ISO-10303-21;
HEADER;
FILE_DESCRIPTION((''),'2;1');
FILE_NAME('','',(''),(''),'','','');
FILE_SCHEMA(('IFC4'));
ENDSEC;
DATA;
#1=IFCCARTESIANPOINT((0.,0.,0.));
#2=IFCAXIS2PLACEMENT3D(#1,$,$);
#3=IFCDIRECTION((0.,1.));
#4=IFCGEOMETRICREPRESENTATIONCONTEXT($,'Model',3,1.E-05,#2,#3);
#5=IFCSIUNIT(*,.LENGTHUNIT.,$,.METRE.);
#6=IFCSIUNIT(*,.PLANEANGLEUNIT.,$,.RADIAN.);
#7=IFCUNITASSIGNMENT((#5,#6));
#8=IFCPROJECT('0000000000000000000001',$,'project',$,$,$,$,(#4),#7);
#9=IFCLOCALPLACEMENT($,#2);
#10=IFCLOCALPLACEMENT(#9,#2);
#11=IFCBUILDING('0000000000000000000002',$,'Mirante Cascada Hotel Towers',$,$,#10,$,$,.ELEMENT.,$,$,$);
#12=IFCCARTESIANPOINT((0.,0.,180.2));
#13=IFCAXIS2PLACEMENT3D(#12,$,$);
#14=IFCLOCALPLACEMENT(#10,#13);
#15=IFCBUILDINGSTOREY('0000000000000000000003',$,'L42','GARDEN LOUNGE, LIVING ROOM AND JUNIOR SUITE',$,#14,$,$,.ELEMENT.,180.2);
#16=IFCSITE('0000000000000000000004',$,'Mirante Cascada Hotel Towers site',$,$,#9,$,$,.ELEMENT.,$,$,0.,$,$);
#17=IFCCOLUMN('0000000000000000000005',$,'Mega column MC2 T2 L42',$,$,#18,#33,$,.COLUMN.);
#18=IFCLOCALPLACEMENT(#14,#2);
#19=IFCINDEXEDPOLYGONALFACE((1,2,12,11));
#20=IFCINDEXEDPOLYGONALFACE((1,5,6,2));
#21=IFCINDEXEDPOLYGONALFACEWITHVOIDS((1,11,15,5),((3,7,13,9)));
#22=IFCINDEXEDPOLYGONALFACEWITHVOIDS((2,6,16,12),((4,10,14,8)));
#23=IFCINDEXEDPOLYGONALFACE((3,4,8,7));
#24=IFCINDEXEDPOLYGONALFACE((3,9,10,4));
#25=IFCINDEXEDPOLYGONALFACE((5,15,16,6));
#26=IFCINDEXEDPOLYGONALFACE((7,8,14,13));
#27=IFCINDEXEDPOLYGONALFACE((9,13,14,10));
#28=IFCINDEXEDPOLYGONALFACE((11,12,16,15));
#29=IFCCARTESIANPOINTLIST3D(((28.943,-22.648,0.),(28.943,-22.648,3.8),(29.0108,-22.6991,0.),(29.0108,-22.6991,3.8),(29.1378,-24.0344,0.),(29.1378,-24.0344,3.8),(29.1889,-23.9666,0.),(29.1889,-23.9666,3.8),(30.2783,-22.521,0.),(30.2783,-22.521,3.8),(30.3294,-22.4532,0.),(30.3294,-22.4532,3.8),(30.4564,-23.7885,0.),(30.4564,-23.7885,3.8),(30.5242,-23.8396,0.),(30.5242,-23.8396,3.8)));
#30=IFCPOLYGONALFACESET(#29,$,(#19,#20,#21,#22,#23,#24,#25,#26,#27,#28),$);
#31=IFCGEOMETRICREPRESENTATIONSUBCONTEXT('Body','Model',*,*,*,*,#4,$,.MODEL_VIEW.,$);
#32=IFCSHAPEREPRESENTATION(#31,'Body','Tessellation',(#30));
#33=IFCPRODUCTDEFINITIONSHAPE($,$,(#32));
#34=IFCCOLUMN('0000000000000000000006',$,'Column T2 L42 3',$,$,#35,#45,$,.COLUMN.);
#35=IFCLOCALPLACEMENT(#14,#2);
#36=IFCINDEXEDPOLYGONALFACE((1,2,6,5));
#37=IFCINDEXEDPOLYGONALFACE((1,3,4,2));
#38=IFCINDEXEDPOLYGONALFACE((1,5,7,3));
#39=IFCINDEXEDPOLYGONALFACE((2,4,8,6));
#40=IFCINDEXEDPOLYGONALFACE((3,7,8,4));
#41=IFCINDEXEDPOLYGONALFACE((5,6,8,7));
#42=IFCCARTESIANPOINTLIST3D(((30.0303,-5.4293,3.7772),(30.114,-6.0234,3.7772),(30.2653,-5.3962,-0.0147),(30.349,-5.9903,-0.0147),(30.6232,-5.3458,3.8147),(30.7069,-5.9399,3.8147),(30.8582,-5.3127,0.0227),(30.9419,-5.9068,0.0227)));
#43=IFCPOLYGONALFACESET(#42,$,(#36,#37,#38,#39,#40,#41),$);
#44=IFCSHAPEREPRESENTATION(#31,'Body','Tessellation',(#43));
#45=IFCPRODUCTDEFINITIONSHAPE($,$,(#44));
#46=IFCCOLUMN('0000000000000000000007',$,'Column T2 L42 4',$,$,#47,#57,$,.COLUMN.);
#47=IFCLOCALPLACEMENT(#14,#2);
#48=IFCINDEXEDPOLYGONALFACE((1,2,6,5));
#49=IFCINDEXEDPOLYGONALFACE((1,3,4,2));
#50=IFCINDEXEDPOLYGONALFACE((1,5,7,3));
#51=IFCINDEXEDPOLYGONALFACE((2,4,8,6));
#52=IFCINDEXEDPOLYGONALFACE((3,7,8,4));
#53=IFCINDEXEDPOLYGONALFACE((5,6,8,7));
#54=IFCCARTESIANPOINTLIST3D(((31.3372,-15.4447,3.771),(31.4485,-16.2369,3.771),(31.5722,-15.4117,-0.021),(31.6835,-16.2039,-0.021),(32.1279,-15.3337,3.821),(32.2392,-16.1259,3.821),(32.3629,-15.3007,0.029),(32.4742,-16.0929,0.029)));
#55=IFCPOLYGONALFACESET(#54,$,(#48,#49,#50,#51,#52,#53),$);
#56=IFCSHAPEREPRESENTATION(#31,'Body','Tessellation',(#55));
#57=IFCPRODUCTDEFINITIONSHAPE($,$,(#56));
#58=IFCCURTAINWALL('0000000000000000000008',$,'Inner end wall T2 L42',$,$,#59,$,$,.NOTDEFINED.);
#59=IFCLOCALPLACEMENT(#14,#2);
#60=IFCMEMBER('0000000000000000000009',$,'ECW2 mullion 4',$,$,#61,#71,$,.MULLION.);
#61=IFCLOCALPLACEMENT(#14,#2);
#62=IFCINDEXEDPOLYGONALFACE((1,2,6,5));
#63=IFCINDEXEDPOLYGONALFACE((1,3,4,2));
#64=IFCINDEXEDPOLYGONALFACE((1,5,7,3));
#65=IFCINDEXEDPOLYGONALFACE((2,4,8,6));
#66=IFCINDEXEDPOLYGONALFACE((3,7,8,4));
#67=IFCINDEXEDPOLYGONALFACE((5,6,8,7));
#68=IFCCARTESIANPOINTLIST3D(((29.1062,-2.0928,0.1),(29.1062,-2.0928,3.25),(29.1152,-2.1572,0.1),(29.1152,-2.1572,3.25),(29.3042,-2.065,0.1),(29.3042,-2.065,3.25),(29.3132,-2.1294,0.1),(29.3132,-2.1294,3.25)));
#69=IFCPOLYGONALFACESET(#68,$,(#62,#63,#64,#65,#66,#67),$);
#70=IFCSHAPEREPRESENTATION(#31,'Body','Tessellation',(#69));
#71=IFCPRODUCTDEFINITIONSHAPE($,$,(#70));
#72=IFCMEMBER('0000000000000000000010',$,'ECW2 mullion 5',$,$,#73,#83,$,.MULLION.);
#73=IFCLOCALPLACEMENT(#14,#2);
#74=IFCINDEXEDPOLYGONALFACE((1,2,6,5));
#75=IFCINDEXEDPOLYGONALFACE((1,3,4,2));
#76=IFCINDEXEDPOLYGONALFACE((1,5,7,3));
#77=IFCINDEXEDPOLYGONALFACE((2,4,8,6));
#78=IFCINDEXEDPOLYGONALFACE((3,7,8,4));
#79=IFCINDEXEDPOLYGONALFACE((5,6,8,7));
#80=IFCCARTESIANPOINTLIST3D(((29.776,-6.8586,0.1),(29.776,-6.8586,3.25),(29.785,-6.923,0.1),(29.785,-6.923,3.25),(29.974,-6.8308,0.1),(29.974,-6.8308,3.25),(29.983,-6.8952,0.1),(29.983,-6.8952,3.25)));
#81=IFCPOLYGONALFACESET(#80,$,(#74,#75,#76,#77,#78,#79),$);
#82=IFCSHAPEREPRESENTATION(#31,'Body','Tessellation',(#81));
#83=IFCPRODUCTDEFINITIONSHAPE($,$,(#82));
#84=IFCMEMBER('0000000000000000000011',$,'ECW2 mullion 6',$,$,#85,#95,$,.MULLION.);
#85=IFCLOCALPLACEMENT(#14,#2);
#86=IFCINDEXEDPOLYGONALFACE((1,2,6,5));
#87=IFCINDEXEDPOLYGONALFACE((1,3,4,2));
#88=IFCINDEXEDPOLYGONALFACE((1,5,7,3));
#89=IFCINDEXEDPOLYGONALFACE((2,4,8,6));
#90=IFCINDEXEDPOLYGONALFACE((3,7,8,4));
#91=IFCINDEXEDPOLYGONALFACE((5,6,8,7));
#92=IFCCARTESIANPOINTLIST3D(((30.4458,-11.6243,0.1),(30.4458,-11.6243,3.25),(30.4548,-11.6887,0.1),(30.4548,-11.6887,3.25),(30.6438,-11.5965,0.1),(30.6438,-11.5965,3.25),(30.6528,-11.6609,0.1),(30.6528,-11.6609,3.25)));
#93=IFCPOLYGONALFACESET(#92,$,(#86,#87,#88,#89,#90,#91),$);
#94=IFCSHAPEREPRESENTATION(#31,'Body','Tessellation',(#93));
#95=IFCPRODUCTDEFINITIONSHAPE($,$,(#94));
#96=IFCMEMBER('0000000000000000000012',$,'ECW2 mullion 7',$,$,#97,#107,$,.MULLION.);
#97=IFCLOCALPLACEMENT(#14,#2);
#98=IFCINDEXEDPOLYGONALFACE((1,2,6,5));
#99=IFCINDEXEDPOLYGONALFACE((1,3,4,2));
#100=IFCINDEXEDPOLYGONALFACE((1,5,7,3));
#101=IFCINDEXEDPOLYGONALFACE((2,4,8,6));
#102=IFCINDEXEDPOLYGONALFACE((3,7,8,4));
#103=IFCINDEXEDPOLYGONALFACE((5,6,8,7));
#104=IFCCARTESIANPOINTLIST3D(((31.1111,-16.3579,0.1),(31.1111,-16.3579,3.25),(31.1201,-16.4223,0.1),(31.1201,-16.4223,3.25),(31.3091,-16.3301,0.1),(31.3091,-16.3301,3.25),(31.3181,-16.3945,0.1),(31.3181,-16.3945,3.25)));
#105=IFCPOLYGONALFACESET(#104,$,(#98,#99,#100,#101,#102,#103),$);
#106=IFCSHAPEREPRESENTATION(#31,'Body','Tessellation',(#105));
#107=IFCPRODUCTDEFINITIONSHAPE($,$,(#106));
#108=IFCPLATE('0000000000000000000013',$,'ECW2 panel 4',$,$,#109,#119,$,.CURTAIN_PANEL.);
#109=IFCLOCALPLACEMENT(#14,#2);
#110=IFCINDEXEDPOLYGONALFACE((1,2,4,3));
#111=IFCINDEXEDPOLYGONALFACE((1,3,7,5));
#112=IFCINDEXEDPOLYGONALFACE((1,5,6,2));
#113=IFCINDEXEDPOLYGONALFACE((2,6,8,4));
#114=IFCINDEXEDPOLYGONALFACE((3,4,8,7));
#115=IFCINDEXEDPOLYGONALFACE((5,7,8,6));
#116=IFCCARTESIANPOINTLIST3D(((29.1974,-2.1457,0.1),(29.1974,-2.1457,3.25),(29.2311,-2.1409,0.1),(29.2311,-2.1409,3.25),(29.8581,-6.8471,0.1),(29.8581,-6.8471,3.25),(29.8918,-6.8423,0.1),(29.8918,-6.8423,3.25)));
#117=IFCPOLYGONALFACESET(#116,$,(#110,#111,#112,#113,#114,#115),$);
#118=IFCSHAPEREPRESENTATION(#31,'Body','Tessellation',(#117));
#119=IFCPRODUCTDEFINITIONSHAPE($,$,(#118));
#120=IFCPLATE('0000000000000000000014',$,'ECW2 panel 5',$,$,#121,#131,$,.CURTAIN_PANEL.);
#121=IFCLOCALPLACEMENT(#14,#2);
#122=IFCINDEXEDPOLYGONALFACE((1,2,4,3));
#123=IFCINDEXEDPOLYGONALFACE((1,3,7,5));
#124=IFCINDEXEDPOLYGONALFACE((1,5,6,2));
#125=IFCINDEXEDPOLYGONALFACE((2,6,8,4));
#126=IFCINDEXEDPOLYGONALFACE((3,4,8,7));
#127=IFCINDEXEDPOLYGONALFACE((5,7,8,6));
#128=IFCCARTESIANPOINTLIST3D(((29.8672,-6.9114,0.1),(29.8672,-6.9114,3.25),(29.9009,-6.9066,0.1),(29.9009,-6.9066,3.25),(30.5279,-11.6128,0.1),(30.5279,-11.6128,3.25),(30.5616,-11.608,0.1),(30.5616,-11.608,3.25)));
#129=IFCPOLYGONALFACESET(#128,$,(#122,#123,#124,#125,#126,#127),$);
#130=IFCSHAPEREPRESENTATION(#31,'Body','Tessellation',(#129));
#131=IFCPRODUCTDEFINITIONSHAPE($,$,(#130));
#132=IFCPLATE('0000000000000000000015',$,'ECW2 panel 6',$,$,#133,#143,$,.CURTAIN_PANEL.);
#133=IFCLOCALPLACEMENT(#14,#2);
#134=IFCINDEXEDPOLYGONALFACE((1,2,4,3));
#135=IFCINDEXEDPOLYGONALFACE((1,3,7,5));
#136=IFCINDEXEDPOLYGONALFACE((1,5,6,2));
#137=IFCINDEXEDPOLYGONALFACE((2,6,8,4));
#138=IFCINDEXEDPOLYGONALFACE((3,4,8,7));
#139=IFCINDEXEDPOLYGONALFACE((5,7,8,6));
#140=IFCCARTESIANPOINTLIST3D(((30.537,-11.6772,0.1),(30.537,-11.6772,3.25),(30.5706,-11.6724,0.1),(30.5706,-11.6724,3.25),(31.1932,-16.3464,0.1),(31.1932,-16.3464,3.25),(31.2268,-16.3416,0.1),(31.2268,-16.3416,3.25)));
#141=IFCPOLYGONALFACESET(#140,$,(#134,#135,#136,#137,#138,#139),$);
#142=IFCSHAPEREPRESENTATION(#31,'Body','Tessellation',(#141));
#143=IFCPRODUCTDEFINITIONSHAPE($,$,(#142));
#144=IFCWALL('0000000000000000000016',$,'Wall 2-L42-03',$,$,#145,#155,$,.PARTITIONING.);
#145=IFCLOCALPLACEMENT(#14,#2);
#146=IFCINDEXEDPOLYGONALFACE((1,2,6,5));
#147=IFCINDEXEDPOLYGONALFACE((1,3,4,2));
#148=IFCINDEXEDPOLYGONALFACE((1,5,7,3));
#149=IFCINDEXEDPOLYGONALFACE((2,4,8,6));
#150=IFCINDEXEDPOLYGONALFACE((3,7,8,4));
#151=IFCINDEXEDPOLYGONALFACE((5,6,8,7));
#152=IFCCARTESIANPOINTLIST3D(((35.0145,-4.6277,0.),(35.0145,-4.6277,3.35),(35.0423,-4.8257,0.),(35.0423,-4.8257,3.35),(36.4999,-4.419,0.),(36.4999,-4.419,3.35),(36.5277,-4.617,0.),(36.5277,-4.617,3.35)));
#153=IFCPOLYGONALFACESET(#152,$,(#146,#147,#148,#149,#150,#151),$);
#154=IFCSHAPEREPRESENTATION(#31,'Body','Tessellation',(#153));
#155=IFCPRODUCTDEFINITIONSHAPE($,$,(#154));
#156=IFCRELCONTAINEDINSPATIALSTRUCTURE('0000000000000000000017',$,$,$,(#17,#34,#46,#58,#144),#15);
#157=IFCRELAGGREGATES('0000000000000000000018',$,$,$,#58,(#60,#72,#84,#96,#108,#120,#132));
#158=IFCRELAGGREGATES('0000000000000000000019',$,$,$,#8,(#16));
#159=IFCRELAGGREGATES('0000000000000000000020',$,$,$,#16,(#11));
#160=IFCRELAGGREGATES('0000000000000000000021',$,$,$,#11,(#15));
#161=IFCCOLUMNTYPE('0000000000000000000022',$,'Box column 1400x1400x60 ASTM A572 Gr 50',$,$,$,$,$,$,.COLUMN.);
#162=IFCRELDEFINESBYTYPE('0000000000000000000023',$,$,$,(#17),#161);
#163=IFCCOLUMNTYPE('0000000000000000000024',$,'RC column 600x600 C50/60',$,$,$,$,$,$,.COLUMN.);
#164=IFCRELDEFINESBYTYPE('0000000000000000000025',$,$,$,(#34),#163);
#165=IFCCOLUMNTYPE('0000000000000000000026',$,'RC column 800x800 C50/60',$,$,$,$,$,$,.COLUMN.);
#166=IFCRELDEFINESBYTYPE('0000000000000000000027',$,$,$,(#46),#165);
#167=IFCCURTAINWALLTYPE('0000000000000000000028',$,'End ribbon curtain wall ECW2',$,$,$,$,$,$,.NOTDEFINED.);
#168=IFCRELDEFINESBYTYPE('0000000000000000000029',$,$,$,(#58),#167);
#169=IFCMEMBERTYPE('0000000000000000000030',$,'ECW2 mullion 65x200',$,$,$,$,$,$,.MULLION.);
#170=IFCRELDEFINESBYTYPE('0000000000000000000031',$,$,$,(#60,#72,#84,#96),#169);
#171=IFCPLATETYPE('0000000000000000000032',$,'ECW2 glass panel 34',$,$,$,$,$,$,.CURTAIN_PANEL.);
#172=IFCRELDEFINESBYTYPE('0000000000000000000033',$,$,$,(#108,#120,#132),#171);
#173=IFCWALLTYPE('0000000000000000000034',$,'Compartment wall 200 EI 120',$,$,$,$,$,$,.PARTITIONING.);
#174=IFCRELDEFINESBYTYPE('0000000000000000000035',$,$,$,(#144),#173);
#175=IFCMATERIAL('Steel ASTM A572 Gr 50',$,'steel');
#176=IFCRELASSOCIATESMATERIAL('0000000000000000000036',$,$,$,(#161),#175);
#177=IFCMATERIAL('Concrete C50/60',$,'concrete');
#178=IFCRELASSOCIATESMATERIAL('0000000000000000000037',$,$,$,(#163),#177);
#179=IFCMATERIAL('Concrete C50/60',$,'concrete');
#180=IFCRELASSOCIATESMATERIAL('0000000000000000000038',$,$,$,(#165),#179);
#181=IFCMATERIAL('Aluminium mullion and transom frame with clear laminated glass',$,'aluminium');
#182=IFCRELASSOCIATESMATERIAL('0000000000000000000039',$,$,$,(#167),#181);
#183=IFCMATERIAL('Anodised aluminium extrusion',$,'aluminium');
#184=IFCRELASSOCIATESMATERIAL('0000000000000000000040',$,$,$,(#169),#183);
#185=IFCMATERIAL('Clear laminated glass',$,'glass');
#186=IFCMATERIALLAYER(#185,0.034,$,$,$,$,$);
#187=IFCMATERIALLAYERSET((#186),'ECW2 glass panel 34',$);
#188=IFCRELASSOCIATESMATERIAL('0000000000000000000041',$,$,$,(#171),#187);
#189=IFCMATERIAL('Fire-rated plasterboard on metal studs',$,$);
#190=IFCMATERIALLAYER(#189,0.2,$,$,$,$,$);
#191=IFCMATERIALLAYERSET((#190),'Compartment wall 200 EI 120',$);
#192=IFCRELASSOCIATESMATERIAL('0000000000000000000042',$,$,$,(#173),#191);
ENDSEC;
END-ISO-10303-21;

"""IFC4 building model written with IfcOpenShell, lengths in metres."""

from ifc_helpers import new_model, si_unit, direction, frame, frame_2d, origin, origin_2d, place, context, subcontext, project, spatial, rectangle, hollow_rectangle, extrude, material, layer, layer_set, material_profile, profile_set, type_object, element, aggregate, save


model = new_model("IFC4")

# Units and contexts
model_context = context("Model", 3, precision=1e-05, world=origin(), true_north=direction((0.0, 1.0)))
body_context = subcontext(model_context, "Body", "Model", "MODEL_VIEW")
ifc_project = project(units=[si_unit("LENGTHUNIT", "METRE"), si_unit("PLANEANGLEUNIT", "RADIAN")], contexts=[model_context])

# Site, building, storey
site_placement = place(None, origin())
site = spatial("IfcSite", under=ifc_project, at=site_placement, Name="Mirante Cascada Hotel Towers site", CompositionType="ELEMENT", RefElevation=0.0)
building_placement = place(site_placement, origin())
building = spatial("IfcBuilding", under=site, at=building_placement, Name="Mirante Cascada Hotel Towers", CompositionType="ELEMENT")
storey_placement = place(building_placement, frame((0.0, 0.0, 180.2)))
storey = spatial("IfcBuildingStorey", under=building, at=storey_placement, Name="L42", Description="GARDEN LOUNGE, LIVING ROOM AND JUNIOR SUITE", CompositionType="ELEMENT", Elevation=180.2)

# Columns
ifc_material_1 = material(Name="Steel ASTM A572 Gr 50", Category="steel")
ifc_material_profile_1 = material_profile(ifc_material_1, hollow_rectangle(XDim=1.4, YDim=1.4, WallThickness=0.06, at=origin_2d()), Name="Box column 1400x1400x60 ASTM A572 Gr 50")
ifc_profile_set_1 = profile_set([ifc_material_profile_1], Name="Steel ASTM A572 Gr 50")
column_type_1 = type_object("IfcColumnType", Name="Box column 1400x1400x60 ASTM A572 Gr 50", PredefinedType="COLUMN", material=ifc_profile_set_1)
column_1_placement = place(storey_placement, frame((29.7336, -23.2438, 0.0), z_axis=(0.0, 0.0, 1.0), x_axis=(0.990268, 0.139173, 0.0)))
element("IfcColumn", 1, at=column_1_placement, inside=storey, type_object=column_type_1, Name="Mega column MC2 T2 L42", PredefinedType="COLUMN", context=body_context, shape_type="SweptSolid", body=[
    extrude(hollow_rectangle(XDim=1.4, YDim=1.4, WallThickness=0.06, at=origin_2d()), origin(), (0.0, 0.0, 1.0), 3.8),
])
ifc_material_2 = material(Name="Concrete C50/60", Category="concrete")
ifc_material_profile_2 = material_profile(ifc_material_2, rectangle(XDim=0.6, YDim=0.6, at=origin_2d()), Name="RC column 600x600 C50/60")
ifc_profile_set_2 = profile_set([ifc_material_profile_2], Name="Concrete C50/60")
column_type_2 = type_object("IfcColumnType", Name="RC column 600x600 C50/60", PredefinedType="COLUMN", material=ifc_profile_set_2)
column_2_placement = place(storey_placement, frame((30.6036, -5.6515, 0.004), z_axis=(-0.061852, -0.008712, 0.998047), x_axis=(0.139474, -0.990226, 0.0)))
element("IfcColumn", 2, at=column_2_placement, inside=storey, type_object=column_type_2, Name="Column T2 L42 3", PredefinedType="COLUMN", context=body_context, shape_type="SweptSolid", body=[
    extrude(rectangle(XDim=0.6, YDim=0.6, at=origin_2d()), origin(), (0.0, 0.0, 1.0), 3.7994),
])
ifc_material_3 = material(Name="Concrete C50/60", Category="concrete")
ifc_material_profile_3 = material_profile(ifc_material_3, rectangle(XDim=0.8, YDim=0.8, at=origin_2d()), Name="RC column 800x800 C50/60")
ifc_profile_set_3 = profile_set([ifc_material_profile_3], Name="Concrete C50/60")
column_type_3 = type_object("IfcColumnType", Name="RC column 800x800 C50/60", PredefinedType="COLUMN", material=ifc_profile_set_3)
column_3_placement = place(storey_placement, frame((32.0232, -15.7523, 0.004), z_axis=(-0.061852, -0.008686, 0.998048), x_axis=(0.139061, -0.990284, 0.0)))
element("IfcColumn", 3, at=column_3_placement, inside=storey, type_object=column_type_3, Name="Column T2 L42 4", PredefinedType="COLUMN", context=body_context, shape_type="SweptSolid", body=[
    extrude(rectangle(XDim=0.8, YDim=0.8, at=origin_2d()), origin(), (0.0, 0.0, 1.0), 3.7994),
])

# Curtain wall, members, plates
ifc_material_4 = material(Name="Aluminium mullion and transom frame with clear laminated glass", Category="aluminium")
curtain_wall_type = type_object("IfcCurtainWallType", Name="End ribbon curtain wall ECW2", PredefinedType="NOTDEFINED", material=ifc_material_4)
curtain_wall_placement = place(storey_placement, origin())
curtain_wall = element("IfcCurtainWall", 4, at=curtain_wall_placement, inside=storey, type_object=curtain_wall_type, Name="Inner end wall T2 L42", PredefinedType="NOTDEFINED")
ifc_material_5 = material(Name="Anodised aluminium extrusion", Category="aluminium")
ifc_material_profile_4 = material_profile(ifc_material_5, rectangle(XDim=0.2, YDim=0.065, at=origin_2d()), Name="ECW2 MULLION 65x200")
ifc_profile_set_4 = profile_set([ifc_material_profile_4], Name="Anodised aluminium extrusion")
member_type = type_object("IfcMemberType", Name="ECW2 mullion 65x200", PredefinedType="MULLION", material=ifc_profile_set_4)
member_1_placement = place(storey_placement, frame((29.2097, -2.1111, 0.1), z_axis=(0.0, 0.0, 1.0), x_axis=(0.990268, 0.139173, 0.0)))
member_1 = element("IfcMember", 5, at=member_1_placement, type_object=member_type, Name="ECW2 mullion 4", PredefinedType="MULLION", context=body_context, shape_type="SweptSolid", body=[
    extrude(rectangle(XDim=0.2, YDim=0.065, at=origin_2d()), origin(), (0.0, 0.0, 1.0), 3.15),
])
member_2_placement = place(storey_placement, frame((29.8795, -6.8769, 0.1), z_axis=(0.0, 0.0, 1.0), x_axis=(0.990268, 0.139173, 0.0)))
member_2 = element("IfcMember", 6, at=member_2_placement, type_object=member_type, Name="ECW2 mullion 5", PredefinedType="MULLION", context=body_context, shape_type="SweptSolid", body=[
    extrude(rectangle(XDim=0.2, YDim=0.065, at=origin_2d()), origin(), (0.0, 0.0, 1.0), 3.15),
])
member_3_placement = place(storey_placement, frame((30.5493, -11.6426, 0.1), z_axis=(0.0, 0.0, 1.0), x_axis=(0.990268, 0.139173, 0.0)))
member_3 = element("IfcMember", 7, at=member_3_placement, type_object=member_type, Name="ECW2 mullion 6", PredefinedType="MULLION", context=body_context, shape_type="SweptSolid", body=[
    extrude(rectangle(XDim=0.2, YDim=0.065, at=origin_2d()), origin(), (0.0, 0.0, 1.0), 3.15),
])
member_4_placement = place(storey_placement, frame((31.2146, -16.3762, 0.1), z_axis=(0.0, 0.0, 1.0), x_axis=(0.990268, 0.139173, 0.0)))
member_4 = element("IfcMember", 8, at=member_4_placement, type_object=member_type, Name="ECW2 mullion 7", PredefinedType="MULLION", context=body_context, shape_type="SweptSolid", body=[
    extrude(rectangle(XDim=0.2, YDim=0.065, at=origin_2d()), origin(), (0.0, 0.0, 1.0), 3.15),
])
ifc_material_6 = material(Name="Clear laminated glass", Category="glass")
ifc_layer_1 = layer(ifc_material_6, 0.034)
ifc_layer_set_1 = layer_set([ifc_layer_1], Name="ECW2 glass panel 34")
plate_type = type_object("IfcPlateType", Name="ECW2 glass panel 34", PredefinedType="CURTAIN_PANEL", material=ifc_layer_set_1)
plate_1_placement = place(storey_placement, frame((29.5446, -4.494, 0.1), z_axis=(0.0, 0.0, 1.0), x_axis=(0.139173, -0.990268, 0.0)))
plate_1 = element("IfcPlate", 9, at=plate_1_placement, type_object=plate_type, Name="ECW2 panel 4", PredefinedType="CURTAIN_PANEL", context=body_context, shape_type="SweptSolid", body=[
    extrude(rectangle(XDim=4.7476, YDim=0.034, at=origin_2d()), origin(), (0.0, 0.0, 1.0), 3.15),
])
plate_2_placement = place(storey_placement, frame((30.2144, -9.2597, 0.1), z_axis=(0.0, 0.0, 1.0), x_axis=(0.139173, -0.990268, 0.0)))
plate_2 = element("IfcPlate", 10, at=plate_2_placement, type_object=plate_type, Name="ECW2 panel 5", PredefinedType="CURTAIN_PANEL", context=body_context, shape_type="SweptSolid", body=[
    extrude(rectangle(XDim=4.7476, YDim=0.034, at=origin_2d()), origin(), (0.0, 0.0, 1.0), 3.15),
])
plate_3_placement = place(storey_placement, frame((30.8819, -14.0094, 0.1), z_axis=(0.0, 0.0, 1.0), x_axis=(0.139173, -0.990268, 0.0)))
plate_3 = element("IfcPlate", 11, at=plate_3_placement, type_object=plate_type, Name="ECW2 panel 6", PredefinedType="CURTAIN_PANEL", context=body_context, shape_type="SweptSolid", body=[
    extrude(rectangle(XDim=4.7151, YDim=0.034, at=origin_2d()), origin(), (0.0, 0.0, 1.0), 3.15),
])
aggregate(curtain_wall, [member_1, member_2, member_3, member_4, plate_1, plate_2, plate_3])

# Wall
ifc_material_7 = material(Name="Fire-rated plasterboard on metal studs")
ifc_layer_2 = layer(ifc_material_7, 0.2)
ifc_layer_set_2 = layer_set([ifc_layer_2], Name="Compartment wall 200 EI 120")
wall_type_1 = type_object("IfcWallType", Name="Compartment wall 200 EI 120", PredefinedType="PARTITIONING", material=ifc_layer_set_2)
wall_1_placement = place(storey_placement, frame((35.0284, -4.7267, 0.0), z_axis=(0.0, 0.0, 1.0), x_axis=(0.990274, 0.139134, 0.0)))
element("IfcWall", 12, at=wall_1_placement, inside=storey, type_object=wall_type_1, Name="Wall 2-L42-03", PredefinedType="PARTITIONING", context=body_context, shape_type="SweptSolid", body=[
    extrude(rectangle(XDim=1.5, YDim=0.2, at=frame_2d((0.75, 0.0))), origin(), (0.0, 0.0, 1.0), 3.35),
])

save(model, "model.ifc")
